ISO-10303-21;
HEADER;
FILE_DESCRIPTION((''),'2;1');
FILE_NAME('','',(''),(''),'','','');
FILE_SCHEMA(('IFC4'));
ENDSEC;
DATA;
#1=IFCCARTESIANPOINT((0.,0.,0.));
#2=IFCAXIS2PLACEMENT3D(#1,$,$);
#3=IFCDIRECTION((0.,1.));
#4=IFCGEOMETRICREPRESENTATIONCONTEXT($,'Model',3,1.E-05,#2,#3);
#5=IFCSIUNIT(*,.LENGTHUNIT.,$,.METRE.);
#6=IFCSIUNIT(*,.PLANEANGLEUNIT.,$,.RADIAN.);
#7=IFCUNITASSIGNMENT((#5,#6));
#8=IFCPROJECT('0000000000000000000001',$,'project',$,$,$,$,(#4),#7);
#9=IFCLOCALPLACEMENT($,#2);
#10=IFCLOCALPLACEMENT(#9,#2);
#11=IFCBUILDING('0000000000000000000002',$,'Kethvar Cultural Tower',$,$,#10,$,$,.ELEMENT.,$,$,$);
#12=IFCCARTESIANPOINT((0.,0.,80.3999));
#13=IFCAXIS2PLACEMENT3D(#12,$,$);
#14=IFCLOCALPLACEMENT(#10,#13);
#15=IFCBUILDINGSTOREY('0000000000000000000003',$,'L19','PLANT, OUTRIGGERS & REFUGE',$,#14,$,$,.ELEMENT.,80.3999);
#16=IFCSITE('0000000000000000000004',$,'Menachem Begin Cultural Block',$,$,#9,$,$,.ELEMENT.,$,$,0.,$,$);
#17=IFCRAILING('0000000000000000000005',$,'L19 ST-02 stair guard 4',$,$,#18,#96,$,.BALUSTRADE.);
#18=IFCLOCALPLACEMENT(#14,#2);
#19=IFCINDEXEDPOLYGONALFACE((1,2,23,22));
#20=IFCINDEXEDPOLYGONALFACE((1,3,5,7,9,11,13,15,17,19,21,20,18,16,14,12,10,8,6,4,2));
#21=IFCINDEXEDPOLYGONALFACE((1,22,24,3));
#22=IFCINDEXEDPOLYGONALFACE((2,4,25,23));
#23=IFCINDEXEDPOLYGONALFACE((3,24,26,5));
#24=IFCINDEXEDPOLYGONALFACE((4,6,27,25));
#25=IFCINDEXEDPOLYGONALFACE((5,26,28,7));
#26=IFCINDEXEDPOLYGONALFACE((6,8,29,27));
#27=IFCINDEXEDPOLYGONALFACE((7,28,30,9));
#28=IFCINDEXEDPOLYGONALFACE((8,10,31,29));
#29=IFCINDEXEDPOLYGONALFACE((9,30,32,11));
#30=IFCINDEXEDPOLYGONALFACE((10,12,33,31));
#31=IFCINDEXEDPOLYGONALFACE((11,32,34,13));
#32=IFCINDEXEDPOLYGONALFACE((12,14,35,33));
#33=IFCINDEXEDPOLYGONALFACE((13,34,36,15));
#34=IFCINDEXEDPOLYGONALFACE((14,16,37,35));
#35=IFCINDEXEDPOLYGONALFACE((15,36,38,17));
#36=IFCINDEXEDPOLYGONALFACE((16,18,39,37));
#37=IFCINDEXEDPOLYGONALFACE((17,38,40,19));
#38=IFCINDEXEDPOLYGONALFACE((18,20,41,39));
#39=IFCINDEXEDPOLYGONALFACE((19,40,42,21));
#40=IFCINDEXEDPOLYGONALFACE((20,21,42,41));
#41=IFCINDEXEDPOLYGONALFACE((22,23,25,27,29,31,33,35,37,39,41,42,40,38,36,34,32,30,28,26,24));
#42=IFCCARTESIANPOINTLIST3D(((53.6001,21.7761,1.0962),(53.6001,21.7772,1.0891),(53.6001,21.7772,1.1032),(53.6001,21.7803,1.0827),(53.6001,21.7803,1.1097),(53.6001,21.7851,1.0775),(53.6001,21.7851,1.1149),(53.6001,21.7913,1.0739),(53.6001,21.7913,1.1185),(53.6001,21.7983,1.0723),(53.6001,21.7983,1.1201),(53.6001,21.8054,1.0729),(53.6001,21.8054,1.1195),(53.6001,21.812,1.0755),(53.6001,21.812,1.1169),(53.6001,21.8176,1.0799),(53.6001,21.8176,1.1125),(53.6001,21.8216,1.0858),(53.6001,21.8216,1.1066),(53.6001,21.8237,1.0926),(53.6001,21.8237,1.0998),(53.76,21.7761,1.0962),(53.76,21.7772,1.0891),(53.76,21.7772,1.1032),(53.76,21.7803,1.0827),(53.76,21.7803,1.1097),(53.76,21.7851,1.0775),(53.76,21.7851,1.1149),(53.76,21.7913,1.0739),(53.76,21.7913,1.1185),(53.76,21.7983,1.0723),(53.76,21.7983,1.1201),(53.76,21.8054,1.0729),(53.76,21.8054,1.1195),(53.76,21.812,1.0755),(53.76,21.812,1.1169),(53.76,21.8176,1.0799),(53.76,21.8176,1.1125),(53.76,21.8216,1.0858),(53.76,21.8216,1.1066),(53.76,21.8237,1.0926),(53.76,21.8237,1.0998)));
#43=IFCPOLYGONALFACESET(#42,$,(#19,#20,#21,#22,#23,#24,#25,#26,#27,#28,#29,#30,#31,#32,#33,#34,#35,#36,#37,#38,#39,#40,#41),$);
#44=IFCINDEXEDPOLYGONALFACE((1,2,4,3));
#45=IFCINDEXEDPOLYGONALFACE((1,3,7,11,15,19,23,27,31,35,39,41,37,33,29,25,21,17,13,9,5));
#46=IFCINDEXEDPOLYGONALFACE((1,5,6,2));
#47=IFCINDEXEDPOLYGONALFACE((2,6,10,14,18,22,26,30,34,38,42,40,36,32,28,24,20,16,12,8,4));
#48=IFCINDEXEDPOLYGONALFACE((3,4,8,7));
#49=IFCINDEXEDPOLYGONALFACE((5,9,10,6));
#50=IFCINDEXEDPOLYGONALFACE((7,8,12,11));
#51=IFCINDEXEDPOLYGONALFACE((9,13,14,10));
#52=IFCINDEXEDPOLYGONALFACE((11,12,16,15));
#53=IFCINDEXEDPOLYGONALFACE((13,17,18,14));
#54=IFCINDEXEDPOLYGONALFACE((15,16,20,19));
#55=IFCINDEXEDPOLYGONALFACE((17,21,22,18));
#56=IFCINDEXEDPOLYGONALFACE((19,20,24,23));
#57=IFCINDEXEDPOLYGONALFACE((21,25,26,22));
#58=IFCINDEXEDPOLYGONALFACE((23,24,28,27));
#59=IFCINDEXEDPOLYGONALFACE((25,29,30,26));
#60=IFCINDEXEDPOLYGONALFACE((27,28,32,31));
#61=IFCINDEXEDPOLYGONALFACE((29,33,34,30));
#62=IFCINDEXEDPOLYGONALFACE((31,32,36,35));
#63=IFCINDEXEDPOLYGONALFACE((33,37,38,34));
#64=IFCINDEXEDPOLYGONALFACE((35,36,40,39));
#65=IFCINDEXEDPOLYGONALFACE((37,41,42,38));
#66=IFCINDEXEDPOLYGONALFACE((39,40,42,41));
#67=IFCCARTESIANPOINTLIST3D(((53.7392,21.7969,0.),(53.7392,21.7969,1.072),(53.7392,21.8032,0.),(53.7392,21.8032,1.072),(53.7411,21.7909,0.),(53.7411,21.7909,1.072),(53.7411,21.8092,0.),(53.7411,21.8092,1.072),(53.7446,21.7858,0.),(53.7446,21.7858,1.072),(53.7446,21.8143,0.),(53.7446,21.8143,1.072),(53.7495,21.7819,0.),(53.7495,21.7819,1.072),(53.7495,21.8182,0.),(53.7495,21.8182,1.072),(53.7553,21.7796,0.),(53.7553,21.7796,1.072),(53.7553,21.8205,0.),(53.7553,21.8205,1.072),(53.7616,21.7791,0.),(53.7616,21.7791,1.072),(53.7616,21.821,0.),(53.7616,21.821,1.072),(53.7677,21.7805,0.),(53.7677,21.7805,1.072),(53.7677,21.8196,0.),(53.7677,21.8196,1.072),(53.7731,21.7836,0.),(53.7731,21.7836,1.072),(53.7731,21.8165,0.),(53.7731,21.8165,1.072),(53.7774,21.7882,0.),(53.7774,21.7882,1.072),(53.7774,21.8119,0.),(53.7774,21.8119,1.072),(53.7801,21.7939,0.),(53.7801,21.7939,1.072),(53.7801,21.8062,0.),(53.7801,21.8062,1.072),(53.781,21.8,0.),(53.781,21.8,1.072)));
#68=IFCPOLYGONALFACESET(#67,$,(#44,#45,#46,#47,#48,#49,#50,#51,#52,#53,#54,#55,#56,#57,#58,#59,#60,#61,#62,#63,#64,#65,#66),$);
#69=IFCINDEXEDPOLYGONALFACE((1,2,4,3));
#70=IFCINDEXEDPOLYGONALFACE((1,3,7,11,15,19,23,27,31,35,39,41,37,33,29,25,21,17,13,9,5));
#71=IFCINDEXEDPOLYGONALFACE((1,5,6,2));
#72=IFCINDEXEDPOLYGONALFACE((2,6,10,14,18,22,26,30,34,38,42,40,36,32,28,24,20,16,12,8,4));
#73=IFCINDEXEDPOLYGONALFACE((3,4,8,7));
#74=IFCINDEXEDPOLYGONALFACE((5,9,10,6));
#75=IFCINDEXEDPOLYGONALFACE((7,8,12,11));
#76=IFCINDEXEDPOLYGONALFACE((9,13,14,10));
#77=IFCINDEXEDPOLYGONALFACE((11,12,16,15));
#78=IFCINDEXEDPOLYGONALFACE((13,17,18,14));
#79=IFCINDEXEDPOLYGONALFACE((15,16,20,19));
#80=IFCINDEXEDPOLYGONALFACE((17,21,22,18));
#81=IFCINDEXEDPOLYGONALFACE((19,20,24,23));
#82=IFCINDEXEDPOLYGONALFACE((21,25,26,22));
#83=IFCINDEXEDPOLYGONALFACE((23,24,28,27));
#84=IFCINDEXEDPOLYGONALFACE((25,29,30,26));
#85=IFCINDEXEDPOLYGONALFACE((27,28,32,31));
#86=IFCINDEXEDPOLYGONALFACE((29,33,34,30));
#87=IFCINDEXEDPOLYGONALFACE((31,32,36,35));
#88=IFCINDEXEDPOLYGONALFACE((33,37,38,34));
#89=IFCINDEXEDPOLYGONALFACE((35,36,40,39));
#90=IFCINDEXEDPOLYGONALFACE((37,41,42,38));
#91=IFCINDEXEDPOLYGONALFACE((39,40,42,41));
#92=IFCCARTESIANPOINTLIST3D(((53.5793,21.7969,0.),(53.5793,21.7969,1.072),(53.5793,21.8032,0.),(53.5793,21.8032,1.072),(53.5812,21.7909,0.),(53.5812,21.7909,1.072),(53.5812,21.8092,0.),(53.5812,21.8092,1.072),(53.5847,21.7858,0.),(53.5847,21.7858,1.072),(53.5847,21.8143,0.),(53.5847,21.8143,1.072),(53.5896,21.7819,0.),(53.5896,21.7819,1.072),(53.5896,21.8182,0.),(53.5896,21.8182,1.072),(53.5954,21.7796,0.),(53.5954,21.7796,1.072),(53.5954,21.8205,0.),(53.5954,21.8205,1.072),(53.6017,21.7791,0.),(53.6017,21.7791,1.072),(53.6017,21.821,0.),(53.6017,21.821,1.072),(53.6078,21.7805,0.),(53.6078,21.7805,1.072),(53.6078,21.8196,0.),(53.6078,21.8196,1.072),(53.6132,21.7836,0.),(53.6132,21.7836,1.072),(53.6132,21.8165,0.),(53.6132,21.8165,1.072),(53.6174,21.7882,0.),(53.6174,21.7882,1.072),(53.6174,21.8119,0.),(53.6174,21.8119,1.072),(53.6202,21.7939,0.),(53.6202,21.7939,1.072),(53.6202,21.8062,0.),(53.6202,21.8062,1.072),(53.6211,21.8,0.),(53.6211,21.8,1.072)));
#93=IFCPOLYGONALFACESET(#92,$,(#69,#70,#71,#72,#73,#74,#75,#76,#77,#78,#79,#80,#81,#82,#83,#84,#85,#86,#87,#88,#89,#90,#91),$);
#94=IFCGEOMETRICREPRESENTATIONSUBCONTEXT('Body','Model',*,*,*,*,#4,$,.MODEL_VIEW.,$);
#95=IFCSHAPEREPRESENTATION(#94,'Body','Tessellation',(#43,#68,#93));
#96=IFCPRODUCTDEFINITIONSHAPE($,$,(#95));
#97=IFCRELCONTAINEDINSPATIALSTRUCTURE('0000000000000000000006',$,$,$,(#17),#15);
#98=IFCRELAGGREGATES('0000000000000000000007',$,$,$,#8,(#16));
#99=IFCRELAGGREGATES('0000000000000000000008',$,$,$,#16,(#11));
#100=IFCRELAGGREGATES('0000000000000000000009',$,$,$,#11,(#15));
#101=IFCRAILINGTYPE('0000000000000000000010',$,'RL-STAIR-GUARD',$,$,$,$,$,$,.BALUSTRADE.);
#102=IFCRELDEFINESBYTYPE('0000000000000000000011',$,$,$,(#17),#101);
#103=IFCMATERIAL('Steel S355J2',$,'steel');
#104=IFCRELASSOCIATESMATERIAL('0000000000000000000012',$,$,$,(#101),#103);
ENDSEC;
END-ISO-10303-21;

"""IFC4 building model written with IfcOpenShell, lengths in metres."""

from ifc_helpers import new_model, si_unit, direction, frame, origin, origin_2d, place, context, subcontext, project, spatial, circle, extrude, material, type_object, element, save


model = new_model("IFC4")

# Units and contexts
model_context = context("Model", 3, precision=1e-05, world=origin(), true_north=direction((0.0, 1.0)))
body_context = subcontext(model_context, "Body", "Model", "MODEL_VIEW")
ifc_project = project(units=[si_unit("LENGTHUNIT", "METRE"), si_unit("PLANEANGLEUNIT", "RADIAN")], contexts=[model_context])

# Site, building, storey
site_placement = place(None, origin())
site = spatial("IfcSite", under=ifc_project, at=site_placement, Name="Menachem Begin Cultural Block", CompositionType="ELEMENT", RefElevation=0.0)
building_placement = place(site_placement, origin())
building = spatial("IfcBuilding", under=site, at=building_placement, Name="Kethvar Cultural Tower", CompositionType="ELEMENT")
storey_placement = place(building_placement, frame((0.0, 0.0, 80.3999)))
storey = spatial("IfcBuildingStorey", under=building, at=storey_placement, Name="L19", Description="PLANT, OUTRIGGERS & REFUGE", CompositionType="ELEMENT", Elevation=80.3999)

# Shared definitions
ifc_material_1 = material(Name="Steel S355J2", Category="steel")

# Railing
railing_type = type_object("IfcRailingType", Name="RL-STAIR-GUARD", PredefinedType="BALUSTRADE", material=ifc_material_1)
railing_placement = place(storey_placement, frame((53.76, 21.8, 0.0)))
element("IfcRailing", 1, at=railing_placement, inside=storey, type_object=railing_type, Name="L19 ST-02 stair guard 4", PredefinedType="BALUSTRADE", context=body_context, shape_type="SweptSolid", body=[
    extrude(circle(Radius=0.0239, at=origin_2d()), frame((0.0, 0.0, 1.0962), z_axis=(-1.0, 0.0, 0.0), x_axis=(0.0, -1.0, 0.0)), (0.0, 0.0, 1.0), 0.1599),
    extrude(circle(Radius=0.021, at=origin_2d()), origin(), (0.0, 0.0, 1.0), 1.072),
    extrude(circle(Radius=0.021, at=origin_2d()), frame((-0.1599, 0.0, 0.0)), (0.0, 0.0, 1.0), 1.072),
])

save(model, "model.ifc")
